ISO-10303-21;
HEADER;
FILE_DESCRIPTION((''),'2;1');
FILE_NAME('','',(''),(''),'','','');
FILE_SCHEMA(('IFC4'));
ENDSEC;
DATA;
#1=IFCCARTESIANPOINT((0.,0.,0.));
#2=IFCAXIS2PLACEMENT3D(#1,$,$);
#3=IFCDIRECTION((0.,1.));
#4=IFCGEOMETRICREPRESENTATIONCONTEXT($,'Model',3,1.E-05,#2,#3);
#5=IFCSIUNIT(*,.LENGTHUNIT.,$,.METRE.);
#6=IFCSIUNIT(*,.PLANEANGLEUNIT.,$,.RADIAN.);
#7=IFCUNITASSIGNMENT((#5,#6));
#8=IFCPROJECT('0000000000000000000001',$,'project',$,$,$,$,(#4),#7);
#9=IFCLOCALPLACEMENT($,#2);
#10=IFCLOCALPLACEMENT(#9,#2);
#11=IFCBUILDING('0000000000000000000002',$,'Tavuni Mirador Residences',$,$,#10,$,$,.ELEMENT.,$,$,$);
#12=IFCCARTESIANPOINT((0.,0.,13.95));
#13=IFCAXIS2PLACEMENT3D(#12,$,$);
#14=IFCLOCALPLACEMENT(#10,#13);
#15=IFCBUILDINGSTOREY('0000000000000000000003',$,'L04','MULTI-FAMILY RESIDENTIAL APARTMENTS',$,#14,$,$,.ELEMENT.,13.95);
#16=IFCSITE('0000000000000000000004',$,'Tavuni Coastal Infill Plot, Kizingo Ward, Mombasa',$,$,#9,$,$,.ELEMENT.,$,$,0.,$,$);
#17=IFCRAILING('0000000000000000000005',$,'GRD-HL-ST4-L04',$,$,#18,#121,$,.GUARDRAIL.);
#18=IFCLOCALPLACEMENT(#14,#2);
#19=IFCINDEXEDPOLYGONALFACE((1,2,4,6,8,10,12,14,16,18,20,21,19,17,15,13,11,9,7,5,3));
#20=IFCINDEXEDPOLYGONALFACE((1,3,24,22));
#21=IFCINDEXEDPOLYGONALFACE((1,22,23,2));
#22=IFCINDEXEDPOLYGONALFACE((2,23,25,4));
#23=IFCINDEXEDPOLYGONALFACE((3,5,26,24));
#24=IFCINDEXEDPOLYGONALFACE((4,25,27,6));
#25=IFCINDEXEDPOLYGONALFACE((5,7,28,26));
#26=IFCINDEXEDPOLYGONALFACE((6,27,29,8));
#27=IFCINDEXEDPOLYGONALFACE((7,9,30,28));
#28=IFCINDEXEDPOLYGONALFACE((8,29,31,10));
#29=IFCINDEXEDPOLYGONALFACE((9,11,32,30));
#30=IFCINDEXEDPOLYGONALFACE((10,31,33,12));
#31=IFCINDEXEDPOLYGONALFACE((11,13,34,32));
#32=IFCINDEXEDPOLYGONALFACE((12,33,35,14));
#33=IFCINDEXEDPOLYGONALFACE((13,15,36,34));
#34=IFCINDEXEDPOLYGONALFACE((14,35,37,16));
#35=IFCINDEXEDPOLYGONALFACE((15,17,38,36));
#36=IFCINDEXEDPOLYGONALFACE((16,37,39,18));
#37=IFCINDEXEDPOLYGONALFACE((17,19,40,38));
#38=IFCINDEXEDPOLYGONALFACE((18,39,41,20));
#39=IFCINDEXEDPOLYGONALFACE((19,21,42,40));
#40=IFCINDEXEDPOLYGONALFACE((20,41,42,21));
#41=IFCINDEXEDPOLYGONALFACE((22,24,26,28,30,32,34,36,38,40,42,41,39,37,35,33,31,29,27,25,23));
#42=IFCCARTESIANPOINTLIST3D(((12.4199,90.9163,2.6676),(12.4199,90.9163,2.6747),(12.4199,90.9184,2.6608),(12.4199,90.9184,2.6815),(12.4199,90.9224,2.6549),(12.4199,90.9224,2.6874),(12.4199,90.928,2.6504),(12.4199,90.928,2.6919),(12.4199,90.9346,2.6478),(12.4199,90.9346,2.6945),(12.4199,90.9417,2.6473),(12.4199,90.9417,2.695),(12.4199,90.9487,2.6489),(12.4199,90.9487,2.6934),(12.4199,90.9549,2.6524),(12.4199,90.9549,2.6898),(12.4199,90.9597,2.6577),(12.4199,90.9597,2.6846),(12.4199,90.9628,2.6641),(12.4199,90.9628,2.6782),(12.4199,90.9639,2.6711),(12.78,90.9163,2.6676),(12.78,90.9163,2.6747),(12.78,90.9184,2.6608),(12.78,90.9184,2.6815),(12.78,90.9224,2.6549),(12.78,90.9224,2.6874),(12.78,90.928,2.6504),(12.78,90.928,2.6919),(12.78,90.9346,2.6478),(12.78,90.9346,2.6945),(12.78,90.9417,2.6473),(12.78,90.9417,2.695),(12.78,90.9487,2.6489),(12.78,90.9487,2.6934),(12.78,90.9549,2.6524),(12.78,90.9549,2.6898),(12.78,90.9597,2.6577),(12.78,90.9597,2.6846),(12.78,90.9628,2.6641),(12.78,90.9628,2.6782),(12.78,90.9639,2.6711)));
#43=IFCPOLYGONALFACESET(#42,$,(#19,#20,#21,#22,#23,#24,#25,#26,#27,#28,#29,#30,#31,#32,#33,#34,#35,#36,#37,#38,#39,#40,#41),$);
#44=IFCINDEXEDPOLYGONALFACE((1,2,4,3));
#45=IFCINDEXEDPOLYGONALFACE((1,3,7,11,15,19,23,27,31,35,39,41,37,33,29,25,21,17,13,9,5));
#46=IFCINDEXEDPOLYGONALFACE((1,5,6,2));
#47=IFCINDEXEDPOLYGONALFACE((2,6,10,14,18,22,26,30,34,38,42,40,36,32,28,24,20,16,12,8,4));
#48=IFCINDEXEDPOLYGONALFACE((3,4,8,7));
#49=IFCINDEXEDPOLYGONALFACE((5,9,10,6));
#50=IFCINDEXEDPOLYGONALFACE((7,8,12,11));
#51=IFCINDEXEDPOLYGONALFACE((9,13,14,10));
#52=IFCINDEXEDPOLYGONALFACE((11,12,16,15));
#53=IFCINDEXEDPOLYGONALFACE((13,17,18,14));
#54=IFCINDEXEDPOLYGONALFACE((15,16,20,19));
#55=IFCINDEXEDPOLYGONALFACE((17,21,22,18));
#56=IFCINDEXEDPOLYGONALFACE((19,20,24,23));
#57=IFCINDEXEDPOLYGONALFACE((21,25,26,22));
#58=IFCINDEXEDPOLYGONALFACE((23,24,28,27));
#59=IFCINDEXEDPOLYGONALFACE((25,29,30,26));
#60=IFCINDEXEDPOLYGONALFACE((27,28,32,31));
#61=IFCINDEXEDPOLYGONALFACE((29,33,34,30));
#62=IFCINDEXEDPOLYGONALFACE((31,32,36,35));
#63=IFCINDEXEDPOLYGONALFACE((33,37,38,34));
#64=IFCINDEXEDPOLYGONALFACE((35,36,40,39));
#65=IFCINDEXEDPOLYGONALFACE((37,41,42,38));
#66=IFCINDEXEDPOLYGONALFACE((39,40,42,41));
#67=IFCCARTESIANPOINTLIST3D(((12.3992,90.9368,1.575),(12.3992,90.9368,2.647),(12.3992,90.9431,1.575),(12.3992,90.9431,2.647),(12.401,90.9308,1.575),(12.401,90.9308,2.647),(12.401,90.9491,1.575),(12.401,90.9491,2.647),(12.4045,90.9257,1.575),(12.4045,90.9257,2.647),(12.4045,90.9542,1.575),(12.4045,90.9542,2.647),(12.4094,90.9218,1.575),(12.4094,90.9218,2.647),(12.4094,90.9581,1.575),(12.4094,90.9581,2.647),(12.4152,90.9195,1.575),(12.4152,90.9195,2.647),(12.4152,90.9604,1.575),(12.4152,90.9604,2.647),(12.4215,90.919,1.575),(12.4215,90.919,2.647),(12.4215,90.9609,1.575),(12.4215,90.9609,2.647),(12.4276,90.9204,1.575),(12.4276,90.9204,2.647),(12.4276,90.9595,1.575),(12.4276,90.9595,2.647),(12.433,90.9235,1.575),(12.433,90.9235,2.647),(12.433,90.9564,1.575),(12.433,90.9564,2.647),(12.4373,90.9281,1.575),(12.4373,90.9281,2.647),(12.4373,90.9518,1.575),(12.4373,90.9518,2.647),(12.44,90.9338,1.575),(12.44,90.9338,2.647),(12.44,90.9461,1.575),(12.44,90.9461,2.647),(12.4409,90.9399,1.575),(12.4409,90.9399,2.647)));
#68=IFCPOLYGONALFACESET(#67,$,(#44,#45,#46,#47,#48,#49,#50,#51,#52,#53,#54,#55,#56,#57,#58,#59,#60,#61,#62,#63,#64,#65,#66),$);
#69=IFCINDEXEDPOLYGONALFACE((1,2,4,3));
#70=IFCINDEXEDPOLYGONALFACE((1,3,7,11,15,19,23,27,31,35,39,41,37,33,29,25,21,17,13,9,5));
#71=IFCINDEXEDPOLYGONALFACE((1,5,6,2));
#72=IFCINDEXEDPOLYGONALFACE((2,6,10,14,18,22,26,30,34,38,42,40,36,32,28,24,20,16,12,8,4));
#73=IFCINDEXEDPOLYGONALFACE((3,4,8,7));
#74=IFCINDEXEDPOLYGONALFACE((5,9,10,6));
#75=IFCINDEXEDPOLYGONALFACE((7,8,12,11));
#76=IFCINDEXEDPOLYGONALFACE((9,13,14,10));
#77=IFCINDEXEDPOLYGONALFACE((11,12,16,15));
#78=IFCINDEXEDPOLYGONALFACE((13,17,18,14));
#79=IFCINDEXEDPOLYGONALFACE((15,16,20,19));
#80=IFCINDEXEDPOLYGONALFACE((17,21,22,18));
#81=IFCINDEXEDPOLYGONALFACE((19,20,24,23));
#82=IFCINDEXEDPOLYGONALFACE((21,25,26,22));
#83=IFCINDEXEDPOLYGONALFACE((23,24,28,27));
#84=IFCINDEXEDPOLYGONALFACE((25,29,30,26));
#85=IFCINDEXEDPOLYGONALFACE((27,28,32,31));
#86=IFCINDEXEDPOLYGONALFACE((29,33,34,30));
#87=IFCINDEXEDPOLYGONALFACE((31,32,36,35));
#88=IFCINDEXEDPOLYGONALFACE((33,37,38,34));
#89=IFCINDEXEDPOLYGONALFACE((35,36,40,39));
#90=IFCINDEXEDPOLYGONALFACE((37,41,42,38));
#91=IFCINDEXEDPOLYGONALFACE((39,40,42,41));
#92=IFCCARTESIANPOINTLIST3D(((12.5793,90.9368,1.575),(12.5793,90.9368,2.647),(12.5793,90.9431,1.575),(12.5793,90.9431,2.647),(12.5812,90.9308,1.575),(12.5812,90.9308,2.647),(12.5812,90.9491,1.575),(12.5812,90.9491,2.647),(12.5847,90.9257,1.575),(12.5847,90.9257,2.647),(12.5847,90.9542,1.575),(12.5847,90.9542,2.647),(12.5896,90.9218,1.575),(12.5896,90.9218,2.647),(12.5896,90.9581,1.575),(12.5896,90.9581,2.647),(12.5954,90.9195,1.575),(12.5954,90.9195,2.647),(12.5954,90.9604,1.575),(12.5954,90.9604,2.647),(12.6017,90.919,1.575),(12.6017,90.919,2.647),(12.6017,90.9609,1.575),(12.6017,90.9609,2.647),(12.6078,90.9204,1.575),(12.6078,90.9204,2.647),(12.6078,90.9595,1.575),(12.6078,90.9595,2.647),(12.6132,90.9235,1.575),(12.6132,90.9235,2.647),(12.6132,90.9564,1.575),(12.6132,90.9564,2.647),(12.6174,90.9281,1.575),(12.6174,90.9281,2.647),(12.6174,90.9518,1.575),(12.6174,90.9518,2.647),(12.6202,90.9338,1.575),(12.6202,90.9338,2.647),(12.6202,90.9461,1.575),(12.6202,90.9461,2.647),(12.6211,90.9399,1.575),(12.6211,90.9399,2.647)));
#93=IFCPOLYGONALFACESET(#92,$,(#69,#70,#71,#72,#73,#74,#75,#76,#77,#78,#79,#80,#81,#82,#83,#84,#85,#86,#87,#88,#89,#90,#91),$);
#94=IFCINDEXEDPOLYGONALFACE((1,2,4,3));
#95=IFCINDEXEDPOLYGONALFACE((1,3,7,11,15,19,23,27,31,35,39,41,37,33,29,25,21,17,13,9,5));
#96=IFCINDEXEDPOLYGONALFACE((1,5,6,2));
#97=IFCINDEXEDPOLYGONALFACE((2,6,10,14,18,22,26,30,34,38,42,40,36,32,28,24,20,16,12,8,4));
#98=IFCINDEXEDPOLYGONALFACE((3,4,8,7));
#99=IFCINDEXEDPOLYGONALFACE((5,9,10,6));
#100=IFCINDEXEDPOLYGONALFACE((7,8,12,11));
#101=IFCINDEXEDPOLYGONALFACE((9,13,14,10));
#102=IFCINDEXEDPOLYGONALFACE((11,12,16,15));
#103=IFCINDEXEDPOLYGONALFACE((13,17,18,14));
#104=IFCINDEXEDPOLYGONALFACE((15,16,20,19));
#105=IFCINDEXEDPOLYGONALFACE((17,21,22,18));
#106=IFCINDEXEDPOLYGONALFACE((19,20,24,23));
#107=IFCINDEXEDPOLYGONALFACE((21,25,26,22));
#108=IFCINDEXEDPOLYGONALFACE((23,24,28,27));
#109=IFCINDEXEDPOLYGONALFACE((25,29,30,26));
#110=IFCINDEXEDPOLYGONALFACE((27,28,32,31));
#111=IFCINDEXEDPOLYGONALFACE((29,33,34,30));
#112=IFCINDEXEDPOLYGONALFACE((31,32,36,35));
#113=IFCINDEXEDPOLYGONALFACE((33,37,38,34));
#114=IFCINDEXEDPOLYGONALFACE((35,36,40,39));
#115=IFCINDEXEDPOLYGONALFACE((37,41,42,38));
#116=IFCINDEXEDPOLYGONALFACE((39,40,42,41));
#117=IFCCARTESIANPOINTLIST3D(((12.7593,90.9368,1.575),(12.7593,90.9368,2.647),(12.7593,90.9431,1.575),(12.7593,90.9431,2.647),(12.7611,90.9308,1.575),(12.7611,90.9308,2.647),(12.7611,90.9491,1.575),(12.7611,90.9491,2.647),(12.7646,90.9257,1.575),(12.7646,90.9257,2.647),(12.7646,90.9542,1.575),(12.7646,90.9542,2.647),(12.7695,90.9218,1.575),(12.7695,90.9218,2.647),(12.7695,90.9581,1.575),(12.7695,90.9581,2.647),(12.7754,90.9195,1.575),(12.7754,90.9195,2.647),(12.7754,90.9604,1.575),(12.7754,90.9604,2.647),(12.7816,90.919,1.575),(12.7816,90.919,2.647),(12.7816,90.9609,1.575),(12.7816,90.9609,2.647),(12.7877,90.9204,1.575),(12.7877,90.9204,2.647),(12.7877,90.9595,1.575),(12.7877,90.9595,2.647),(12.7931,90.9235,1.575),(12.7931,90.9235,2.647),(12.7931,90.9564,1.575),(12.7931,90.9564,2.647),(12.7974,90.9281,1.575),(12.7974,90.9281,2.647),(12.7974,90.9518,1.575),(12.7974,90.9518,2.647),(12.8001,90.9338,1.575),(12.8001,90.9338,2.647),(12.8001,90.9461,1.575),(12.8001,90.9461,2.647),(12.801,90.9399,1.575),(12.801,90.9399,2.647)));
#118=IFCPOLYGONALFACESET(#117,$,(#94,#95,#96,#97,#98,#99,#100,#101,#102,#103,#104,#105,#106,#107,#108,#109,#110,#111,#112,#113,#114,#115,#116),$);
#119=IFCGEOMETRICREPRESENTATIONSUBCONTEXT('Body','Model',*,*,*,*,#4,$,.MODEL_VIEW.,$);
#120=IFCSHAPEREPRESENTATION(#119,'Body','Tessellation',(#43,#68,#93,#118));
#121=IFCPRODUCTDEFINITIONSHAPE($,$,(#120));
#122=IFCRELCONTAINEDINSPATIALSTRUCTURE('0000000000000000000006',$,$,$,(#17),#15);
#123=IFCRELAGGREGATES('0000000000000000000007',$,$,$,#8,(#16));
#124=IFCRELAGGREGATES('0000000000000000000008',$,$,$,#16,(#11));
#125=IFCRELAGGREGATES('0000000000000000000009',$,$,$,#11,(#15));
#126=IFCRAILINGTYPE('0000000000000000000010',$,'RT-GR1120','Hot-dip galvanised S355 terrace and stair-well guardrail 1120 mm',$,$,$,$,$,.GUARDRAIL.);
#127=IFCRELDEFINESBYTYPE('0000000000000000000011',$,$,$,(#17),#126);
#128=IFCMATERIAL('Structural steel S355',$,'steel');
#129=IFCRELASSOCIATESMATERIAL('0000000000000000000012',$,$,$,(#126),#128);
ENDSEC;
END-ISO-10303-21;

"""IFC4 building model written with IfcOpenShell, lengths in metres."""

from ifc_helpers import new_model, si_unit, direction, frame, origin, origin_2d, place, context, subcontext, project, spatial, circle, extrude, material, type_object, element, save


model = new_model("IFC4")

# Units and contexts
model_context = context("Model", 3, precision=1e-05, world=origin(), true_north=direction((0.0, 1.0)))
body_context = subcontext(model_context, "Body", "Model", "MODEL_VIEW")
ifc_project = project(units=[si_unit("LENGTHUNIT", "METRE"), si_unit("PLANEANGLEUNIT", "RADIAN")], contexts=[model_context])

# Site, building, storey
site_placement = place(None, origin())
site = spatial("IfcSite", under=ifc_project, at=site_placement, Name="Tavuni Coastal Infill Plot, Kizingo Ward, Mombasa", CompositionType="ELEMENT", RefElevation=0.0)
building_placement = place(site_placement, origin())
building = spatial("IfcBuilding", under=site, at=building_placement, Name="Tavuni Mirador Residences", CompositionType="ELEMENT")
storey_placement = place(building_placement, frame((0.0, 0.0, 13.95)))
storey = spatial("IfcBuildingStorey", under=building, at=storey_placement, Name="L04", Description="MULTI-FAMILY RESIDENTIAL APARTMENTS", CompositionType="ELEMENT", Elevation=13.95)

# Shared definitions
ifc_material_1 = material(Name="Structural steel S355", Category="steel")

# Railing
railing_type_1 = type_object("IfcRailingType", Name="RT-GR1120", Description="Hot-dip galvanised S355 terrace and stair-well guardrail 1120 mm", PredefinedType="GUARDRAIL", material=ifc_material_1)
railing_1_placement = place(storey_placement, frame((12.4199, 90.9399, 1.575)))
element("IfcRailing", 1, at=railing_1_placement, inside=storey, type_object=railing_type_1, Name="GRD-HL-ST4-L04", PredefinedType="GUARDRAIL", context=body_context, shape_type="SweptSolid", body=[
    extrude(circle(Radius=0.0239, at=origin_2d()), frame((0.0, 0.0, 1.0962), z_axis=(1.0, 0.0, 0.0), x_axis=(0.0, 1.0, 0.0)), (0.0, 0.0, 1.0), 0.3601),
    extrude(circle(Radius=0.021, at=origin_2d()), origin(), (0.0, 0.0, 1.0), 1.072),
    extrude(circle(Radius=0.021, at=origin_2d()), frame((0.1802, 0.0, 0.0)), (0.0, 0.0, 1.0), 1.072),
    extrude(circle(Radius=0.021, at=origin_2d()), frame((0.3601, 0.0, 0.0)), (0.0, 0.0, 1.0), 1.072),
])

save(model, "model.ifc")
